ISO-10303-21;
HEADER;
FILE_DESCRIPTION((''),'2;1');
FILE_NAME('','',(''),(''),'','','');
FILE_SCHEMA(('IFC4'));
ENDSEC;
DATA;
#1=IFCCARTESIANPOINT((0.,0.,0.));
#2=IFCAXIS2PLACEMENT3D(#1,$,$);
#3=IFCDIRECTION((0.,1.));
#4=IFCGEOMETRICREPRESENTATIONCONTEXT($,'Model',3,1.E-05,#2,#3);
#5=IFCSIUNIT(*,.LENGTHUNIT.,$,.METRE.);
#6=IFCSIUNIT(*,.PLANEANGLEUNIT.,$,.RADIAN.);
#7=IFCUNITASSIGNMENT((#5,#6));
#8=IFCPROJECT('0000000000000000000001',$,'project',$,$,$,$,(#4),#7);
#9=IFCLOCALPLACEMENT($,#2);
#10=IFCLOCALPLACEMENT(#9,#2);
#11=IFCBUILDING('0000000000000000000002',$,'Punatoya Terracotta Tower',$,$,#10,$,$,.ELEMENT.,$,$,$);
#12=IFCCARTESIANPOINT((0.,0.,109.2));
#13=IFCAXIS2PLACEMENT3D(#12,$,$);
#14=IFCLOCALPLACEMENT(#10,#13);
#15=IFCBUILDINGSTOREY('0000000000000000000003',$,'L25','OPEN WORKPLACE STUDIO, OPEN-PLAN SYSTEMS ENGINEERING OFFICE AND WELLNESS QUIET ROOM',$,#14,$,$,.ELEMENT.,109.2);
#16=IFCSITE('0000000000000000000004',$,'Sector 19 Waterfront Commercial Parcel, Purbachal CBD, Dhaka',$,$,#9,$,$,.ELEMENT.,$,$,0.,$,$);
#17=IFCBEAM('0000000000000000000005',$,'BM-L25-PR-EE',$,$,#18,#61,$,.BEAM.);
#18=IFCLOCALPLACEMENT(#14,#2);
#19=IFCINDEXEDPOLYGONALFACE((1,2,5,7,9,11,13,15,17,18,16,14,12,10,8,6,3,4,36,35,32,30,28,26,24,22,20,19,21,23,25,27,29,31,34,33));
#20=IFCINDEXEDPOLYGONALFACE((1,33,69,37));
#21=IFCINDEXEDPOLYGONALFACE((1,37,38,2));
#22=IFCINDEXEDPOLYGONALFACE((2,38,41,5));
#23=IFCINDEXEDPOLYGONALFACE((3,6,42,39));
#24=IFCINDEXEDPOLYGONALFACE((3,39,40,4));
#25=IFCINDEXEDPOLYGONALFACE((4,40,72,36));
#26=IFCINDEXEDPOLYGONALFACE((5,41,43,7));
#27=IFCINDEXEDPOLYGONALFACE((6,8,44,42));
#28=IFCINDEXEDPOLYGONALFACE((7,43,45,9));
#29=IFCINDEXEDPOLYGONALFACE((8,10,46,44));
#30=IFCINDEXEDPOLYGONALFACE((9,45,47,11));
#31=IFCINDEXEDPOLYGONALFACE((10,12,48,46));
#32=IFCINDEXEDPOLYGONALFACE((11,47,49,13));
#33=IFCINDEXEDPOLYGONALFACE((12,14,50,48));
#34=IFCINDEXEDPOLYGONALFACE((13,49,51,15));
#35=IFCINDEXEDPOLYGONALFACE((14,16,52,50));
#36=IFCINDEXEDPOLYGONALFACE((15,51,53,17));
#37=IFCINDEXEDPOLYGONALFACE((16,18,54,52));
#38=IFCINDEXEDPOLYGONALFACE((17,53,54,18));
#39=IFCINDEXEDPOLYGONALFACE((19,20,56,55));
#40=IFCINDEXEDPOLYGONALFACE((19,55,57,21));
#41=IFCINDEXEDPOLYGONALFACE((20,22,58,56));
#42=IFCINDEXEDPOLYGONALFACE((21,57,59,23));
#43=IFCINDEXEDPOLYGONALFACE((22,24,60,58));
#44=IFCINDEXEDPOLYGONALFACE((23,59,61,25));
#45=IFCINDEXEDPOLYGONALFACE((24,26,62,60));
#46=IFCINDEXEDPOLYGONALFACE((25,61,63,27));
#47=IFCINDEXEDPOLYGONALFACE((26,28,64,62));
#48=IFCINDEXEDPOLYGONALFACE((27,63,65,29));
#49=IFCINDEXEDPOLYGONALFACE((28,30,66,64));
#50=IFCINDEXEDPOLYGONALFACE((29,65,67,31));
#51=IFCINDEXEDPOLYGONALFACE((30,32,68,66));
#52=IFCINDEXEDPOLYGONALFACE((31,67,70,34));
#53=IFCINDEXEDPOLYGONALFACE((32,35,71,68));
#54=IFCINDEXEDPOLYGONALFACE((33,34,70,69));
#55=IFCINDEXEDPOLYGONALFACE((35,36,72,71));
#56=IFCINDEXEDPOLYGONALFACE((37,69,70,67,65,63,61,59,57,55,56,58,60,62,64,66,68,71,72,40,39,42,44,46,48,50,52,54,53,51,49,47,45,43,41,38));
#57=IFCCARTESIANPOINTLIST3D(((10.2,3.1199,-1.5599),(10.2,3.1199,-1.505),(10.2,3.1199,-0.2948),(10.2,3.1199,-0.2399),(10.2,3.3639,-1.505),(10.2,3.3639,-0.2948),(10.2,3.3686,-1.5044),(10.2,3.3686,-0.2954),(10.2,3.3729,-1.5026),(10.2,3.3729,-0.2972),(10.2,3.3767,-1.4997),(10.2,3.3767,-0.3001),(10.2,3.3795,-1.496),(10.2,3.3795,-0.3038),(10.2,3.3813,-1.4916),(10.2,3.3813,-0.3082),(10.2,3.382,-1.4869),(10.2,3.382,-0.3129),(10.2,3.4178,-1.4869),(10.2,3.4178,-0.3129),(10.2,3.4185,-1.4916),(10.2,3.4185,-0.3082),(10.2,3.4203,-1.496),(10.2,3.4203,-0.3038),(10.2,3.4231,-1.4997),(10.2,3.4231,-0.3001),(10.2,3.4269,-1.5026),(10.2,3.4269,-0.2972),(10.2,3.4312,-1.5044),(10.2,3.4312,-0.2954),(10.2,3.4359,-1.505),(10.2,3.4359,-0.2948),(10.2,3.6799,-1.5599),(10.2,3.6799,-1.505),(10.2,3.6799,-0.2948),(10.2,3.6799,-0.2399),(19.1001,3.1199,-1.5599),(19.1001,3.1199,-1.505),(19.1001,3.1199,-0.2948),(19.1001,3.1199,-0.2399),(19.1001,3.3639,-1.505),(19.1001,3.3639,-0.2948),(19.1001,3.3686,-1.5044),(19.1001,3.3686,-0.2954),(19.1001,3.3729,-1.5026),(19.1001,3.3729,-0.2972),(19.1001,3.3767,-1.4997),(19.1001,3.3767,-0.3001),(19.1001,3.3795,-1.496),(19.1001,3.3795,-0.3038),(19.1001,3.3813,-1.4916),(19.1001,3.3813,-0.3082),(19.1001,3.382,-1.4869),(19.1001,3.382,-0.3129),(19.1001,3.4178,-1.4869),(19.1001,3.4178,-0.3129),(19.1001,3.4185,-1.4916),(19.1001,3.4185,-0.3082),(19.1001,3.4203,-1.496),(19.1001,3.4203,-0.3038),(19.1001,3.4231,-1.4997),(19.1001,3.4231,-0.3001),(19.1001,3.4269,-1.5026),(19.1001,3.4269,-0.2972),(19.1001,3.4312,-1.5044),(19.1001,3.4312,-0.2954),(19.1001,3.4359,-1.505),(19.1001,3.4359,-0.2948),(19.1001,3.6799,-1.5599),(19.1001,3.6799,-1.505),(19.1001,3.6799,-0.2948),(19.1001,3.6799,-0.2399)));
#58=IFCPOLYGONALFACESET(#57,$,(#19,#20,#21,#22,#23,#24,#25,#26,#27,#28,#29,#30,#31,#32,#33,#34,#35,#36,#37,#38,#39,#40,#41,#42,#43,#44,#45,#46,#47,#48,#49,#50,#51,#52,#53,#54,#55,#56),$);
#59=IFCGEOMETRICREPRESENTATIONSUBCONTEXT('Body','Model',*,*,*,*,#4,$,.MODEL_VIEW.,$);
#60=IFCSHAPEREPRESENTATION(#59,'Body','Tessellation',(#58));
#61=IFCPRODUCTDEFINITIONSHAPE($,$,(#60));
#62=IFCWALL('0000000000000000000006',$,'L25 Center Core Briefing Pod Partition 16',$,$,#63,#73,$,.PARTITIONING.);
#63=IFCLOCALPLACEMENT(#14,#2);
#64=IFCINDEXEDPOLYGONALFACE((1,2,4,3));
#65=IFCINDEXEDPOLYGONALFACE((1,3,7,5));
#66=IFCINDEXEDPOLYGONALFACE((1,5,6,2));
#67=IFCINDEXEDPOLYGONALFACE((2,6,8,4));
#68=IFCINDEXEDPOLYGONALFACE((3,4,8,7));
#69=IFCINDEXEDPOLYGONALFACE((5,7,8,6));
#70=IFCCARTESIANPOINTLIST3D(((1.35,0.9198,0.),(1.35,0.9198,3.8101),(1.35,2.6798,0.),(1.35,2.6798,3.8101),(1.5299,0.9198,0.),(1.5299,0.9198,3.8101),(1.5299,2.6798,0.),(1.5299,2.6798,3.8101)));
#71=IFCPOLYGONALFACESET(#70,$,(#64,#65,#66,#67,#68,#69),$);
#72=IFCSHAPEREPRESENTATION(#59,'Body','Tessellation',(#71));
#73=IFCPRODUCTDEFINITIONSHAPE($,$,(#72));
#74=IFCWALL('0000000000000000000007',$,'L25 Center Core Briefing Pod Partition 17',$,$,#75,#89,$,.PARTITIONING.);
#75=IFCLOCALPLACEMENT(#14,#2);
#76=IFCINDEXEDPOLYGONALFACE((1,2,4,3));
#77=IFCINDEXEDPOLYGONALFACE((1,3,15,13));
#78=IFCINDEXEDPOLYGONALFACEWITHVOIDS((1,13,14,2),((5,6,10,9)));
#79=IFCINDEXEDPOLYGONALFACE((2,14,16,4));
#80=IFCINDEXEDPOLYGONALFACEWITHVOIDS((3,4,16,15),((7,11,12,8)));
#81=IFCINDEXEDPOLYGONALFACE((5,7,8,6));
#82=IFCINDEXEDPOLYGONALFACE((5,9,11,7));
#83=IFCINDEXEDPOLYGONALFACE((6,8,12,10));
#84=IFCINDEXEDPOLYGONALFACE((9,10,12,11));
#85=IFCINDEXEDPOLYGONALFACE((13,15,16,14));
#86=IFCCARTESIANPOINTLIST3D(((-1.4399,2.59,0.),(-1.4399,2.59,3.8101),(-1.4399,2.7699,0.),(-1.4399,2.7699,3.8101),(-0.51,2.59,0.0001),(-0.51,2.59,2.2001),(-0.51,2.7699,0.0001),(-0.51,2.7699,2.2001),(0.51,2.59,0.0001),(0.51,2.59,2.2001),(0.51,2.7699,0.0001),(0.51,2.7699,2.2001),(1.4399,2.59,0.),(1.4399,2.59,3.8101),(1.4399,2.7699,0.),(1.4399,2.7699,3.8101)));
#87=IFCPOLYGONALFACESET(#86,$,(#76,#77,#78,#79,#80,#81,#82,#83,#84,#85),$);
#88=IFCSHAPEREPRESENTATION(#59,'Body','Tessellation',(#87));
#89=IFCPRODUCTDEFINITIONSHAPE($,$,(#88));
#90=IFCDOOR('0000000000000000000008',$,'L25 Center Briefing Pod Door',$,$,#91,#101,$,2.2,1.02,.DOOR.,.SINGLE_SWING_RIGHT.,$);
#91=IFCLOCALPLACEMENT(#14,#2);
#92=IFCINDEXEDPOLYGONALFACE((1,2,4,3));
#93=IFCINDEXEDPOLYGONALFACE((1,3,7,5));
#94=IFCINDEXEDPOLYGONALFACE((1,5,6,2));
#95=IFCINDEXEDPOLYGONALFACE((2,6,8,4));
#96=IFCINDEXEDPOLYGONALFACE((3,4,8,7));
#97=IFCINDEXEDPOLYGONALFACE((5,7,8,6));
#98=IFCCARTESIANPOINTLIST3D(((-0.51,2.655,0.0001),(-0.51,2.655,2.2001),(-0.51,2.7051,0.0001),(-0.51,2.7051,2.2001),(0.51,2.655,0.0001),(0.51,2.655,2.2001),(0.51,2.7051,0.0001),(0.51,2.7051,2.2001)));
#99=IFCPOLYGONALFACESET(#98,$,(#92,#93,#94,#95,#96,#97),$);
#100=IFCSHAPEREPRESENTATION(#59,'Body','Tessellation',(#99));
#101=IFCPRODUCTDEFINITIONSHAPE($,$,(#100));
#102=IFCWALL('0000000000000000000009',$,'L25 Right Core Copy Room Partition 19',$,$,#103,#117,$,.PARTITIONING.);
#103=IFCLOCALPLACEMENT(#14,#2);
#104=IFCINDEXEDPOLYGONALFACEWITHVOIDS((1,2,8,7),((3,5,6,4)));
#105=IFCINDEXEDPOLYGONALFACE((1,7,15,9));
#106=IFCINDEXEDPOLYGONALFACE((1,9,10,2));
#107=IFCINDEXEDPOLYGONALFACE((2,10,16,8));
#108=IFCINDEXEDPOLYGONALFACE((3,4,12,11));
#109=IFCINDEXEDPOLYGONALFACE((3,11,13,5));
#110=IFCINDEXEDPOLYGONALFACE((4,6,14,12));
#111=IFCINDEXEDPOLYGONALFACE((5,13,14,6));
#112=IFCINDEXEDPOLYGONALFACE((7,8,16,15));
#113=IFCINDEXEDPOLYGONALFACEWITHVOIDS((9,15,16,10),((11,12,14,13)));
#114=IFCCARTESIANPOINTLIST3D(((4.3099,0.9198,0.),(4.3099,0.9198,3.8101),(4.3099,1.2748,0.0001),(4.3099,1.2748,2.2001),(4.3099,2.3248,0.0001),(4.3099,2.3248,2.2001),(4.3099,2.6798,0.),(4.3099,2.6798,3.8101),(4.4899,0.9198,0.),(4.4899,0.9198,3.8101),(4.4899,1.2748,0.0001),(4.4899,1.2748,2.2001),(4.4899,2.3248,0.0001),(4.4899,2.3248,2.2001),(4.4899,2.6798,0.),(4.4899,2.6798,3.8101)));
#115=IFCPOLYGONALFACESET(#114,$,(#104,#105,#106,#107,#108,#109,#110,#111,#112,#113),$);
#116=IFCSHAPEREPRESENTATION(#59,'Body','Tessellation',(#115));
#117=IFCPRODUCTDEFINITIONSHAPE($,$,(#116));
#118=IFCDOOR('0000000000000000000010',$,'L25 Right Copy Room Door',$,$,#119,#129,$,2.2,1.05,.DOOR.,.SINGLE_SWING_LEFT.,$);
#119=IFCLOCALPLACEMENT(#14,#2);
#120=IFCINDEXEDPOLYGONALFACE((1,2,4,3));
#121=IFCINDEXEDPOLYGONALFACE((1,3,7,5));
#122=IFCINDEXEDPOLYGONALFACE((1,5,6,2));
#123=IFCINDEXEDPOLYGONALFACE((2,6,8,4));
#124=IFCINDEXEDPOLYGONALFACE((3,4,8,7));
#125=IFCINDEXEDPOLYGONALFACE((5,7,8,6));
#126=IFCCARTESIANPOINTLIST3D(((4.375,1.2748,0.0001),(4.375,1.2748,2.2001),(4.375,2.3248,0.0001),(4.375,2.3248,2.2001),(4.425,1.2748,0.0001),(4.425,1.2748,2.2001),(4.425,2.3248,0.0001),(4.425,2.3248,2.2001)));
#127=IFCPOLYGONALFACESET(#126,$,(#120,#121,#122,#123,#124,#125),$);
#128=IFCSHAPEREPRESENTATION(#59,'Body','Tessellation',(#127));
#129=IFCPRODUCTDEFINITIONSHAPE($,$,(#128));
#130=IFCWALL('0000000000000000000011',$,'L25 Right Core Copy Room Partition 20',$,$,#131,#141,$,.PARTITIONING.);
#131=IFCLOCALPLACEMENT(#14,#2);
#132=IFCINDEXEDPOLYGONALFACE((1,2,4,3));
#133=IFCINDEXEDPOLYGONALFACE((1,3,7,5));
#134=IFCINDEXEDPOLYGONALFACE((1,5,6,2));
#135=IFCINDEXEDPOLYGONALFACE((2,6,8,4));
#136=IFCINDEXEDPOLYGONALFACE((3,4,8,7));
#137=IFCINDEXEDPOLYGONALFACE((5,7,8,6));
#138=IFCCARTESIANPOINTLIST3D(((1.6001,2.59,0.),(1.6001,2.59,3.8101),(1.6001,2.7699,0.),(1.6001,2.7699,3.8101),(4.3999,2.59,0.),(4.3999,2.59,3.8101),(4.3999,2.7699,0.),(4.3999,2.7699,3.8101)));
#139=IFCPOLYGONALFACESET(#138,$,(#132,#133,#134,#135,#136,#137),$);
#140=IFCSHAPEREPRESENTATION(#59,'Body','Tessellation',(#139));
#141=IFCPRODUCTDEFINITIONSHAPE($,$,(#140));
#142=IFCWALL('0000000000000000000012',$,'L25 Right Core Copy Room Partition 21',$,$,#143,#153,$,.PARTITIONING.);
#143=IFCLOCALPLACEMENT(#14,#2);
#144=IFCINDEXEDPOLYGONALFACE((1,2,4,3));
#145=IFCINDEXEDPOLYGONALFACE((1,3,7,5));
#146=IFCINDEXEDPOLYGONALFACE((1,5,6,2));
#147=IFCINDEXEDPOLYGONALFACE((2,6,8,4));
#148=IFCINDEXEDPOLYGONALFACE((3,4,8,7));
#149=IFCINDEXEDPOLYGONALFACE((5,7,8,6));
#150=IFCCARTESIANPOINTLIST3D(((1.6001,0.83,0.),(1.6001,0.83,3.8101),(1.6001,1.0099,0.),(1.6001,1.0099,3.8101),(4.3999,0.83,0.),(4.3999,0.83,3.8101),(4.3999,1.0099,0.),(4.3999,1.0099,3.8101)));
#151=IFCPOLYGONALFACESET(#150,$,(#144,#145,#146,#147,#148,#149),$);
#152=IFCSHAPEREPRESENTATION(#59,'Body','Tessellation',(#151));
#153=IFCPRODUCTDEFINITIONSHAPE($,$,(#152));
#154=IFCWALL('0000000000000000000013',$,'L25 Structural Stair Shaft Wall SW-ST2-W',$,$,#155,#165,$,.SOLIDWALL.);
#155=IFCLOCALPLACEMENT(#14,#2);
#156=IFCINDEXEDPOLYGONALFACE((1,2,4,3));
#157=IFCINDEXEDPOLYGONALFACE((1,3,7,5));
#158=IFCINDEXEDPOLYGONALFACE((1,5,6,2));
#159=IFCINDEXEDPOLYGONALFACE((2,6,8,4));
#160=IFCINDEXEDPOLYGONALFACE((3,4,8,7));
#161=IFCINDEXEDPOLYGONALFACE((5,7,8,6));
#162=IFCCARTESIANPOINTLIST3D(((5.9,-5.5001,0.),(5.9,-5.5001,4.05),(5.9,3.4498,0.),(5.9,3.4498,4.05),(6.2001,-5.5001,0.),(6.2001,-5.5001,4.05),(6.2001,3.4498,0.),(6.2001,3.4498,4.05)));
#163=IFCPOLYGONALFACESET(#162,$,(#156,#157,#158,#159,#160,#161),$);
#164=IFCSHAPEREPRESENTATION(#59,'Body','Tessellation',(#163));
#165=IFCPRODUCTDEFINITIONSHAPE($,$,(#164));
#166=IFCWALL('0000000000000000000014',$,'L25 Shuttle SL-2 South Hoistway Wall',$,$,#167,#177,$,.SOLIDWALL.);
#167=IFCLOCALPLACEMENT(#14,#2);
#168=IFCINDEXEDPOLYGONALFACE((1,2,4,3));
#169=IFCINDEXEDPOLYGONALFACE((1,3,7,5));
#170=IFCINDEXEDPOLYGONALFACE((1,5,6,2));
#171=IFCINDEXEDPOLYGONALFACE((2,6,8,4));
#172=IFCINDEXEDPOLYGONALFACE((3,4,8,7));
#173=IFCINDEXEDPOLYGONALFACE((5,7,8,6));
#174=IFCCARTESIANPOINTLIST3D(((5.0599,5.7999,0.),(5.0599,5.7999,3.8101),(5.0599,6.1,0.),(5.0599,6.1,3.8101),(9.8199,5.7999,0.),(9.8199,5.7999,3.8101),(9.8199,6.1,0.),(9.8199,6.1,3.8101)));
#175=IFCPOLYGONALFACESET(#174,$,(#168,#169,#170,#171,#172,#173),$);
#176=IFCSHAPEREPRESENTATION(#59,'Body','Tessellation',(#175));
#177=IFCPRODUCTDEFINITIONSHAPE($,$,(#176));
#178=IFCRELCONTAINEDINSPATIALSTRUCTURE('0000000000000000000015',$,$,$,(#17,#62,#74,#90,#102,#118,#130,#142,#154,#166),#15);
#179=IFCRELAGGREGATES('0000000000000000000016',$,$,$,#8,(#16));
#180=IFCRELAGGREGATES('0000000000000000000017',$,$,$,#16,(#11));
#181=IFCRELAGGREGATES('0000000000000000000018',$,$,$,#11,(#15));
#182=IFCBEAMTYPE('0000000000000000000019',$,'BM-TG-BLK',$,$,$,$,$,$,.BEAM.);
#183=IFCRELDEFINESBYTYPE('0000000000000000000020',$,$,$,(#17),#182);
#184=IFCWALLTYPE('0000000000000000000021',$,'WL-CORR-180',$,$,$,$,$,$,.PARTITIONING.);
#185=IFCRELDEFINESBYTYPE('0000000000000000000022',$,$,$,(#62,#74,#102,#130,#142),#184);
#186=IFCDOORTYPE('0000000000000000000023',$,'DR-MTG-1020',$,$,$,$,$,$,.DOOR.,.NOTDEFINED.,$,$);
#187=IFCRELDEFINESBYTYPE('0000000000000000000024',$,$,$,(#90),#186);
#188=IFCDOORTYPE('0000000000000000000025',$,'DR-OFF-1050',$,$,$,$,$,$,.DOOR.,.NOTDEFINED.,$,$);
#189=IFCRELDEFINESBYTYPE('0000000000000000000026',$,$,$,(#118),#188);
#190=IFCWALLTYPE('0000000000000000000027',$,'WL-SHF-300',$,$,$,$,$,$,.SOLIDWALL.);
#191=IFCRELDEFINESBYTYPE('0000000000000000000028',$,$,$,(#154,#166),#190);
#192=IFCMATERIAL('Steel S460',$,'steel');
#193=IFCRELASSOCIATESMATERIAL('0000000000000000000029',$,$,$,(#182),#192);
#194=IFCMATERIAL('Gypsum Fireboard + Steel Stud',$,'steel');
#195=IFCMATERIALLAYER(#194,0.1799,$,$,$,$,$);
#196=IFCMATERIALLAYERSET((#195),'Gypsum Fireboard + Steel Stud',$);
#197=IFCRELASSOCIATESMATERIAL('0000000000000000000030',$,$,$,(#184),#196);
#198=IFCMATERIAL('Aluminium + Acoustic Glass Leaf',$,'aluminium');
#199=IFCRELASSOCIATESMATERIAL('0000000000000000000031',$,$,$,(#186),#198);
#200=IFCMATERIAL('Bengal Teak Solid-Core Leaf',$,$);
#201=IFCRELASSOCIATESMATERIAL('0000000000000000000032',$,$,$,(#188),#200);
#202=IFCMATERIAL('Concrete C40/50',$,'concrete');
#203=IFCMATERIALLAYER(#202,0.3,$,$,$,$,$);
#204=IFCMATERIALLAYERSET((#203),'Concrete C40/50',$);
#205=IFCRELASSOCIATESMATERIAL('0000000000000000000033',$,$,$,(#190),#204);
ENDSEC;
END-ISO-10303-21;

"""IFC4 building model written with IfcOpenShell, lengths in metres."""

from ifc_helpers import new_model, si_unit, direction, frame, frame_2d, origin, origin_2d, place, context, subcontext, project, spatial, rectangle, i_section, extrude, material, layer, layer_set, material_profile, profile_set, type_object, element, fill, save


model = new_model("IFC4")

# Units and contexts
model_context = context("Model", 3, precision=1e-05, world=origin(), true_north=direction((0.0, 1.0)))
body_context = subcontext(model_context, "Body", "Model", "MODEL_VIEW")
ifc_project = project(units=[si_unit("LENGTHUNIT", "METRE"), si_unit("PLANEANGLEUNIT", "RADIAN")], contexts=[model_context])

# Site, building, storey
site_placement = place(None, origin())
site = spatial("IfcSite", under=ifc_project, at=site_placement, Name="Sector 19 Waterfront Commercial Parcel, Purbachal CBD, Dhaka", CompositionType="ELEMENT", RefElevation=0.0)
building_placement = place(site_placement, origin())
building = spatial("IfcBuilding", under=site, at=building_placement, Name="Punatoya Terracotta Tower", CompositionType="ELEMENT")
storey_placement = place(building_placement, frame((0.0, 0.0, 109.2)))
storey = spatial("IfcBuildingStorey", under=building, at=storey_placement, Name="L25", Description="OPEN WORKPLACE STUDIO, OPEN-PLAN SYSTEMS ENGINEERING OFFICE AND WELLNESS QUIET ROOM", CompositionType="ELEMENT", Elevation=109.2)

# Beam
ifc_material_1 = material(Name="Steel S460", Category="steel")
ifc_material_profile_1 = material_profile(ifc_material_1, i_section(OverallWidth=0.5601, OverallDepth=1.3201, WebThickness=0.0359, FlangeThickness=0.0549, FilletRadius=0.0181, at=origin_2d()))
ifc_profile_set_1 = profile_set([ifc_material_profile_1], Name="Steel S460")
beam_type_1 = type_object("IfcBeamType", Name="BM-TG-BLK", PredefinedType="BEAM", material=ifc_profile_set_1)
beam_placement = place(storey_placement, frame((10.2, 3.3999, -0.8999), z_axis=(1.0, 0.0, 0.0), x_axis=(0.0, 1.0, 0.0)))
element("IfcBeam", 1, at=beam_placement, inside=storey, type_object=beam_type_1, Name="BM-L25-PR-EE", PredefinedType="BEAM", context=body_context, shape_type="SweptSolid", body=[
    extrude(i_section(OverallWidth=0.5601, OverallDepth=1.3201, WebThickness=0.0359, FlangeThickness=0.0549, FilletRadius=0.0181, at=origin_2d()), origin(), (0.0, 0.0, 1.0), 8.9001),
])

# Wall
ifc_material_2 = material(Name="Gypsum Fireboard + Steel Stud", Category="steel")
ifc_layer_1 = layer(ifc_material_2, 0.1799)
ifc_layer_set_1 = layer_set([ifc_layer_1], Name="Gypsum Fireboard + Steel Stud")
wall_type_1 = type_object("IfcWallType", Name="WL-CORR-180", PredefinedType="PARTITIONING", material=ifc_layer_set_1)
wall_1_placement = place(storey_placement, frame((1.4399, 0.9199, 0.0), z_axis=(0.0, 0.0, 1.0), x_axis=(0.0, 1.0, 0.0)))
element("IfcWall", 2, at=wall_1_placement, inside=storey, type_object=wall_type_1, Name="L25 Center Core Briefing Pod Partition 16", PredefinedType="PARTITIONING", context=body_context, shape_type="SweptSolid", body=[
    extrude(rectangle(XDim=1.76, YDim=0.1799, at=frame_2d((0.8799, 0.0))), origin(), (0.0, 0.0, 1.0), 3.8101),
])

# Walls, openings, doors
wall_2_placement = place(storey_placement, frame((1.4399, 2.6799, 0.0), z_axis=(0.0, 0.0, 1.0), x_axis=(-1.0, 0.0, 0.0)))
wall_2 = element("IfcWall", 3, at=wall_2_placement, inside=storey, type_object=wall_type_1, Name="L25 Center Core Briefing Pod Partition 17", PredefinedType="PARTITIONING", context=body_context, shape_type="SweptSolid", body=[
    extrude(rectangle(XDim=2.8799, YDim=0.1799, at=frame_2d((1.4399, 0.0))), origin(), (0.0, 0.0, 1.0), 3.8101),
])
opening_1_placement = place(wall_2_placement, frame((0.9299, 0.0, 0.0)))
opening_1 = element("IfcOpeningElement", 4, at=opening_1_placement, cuts=wall_2, PredefinedType="OPENING", context=body_context, shape_type="SweptSolid", body=[
    extrude(rectangle(XDim=1.02, YDim=2.2, at=frame_2d((0.51, 1.1001))), frame((0.0, 0.0999, 0.0), z_axis=(0.0, -1.0, 0.0), x_axis=(1.0, 0.0, 0.0)), (0.0, 0.0, 1.0), 0.2),
])
ifc_material_3 = material(Name="Aluminium + Acoustic Glass Leaf", Category="aluminium")
door_type_1 = type_object("IfcDoorType", Name="DR-MTG-1020", OperationType="NOTDEFINED", PredefinedType="DOOR", material=ifc_material_3)
door_1_placement = place(opening_1_placement, origin())
door_1 = element("IfcDoor", 5, at=door_1_placement, inside=storey, type_object=door_type_1, Name="L25 Center Briefing Pod Door", OperationType="SINGLE_SWING_RIGHT", OverallHeight=2.2, OverallWidth=1.02, PredefinedType="DOOR", context=body_context, shape_type="SweptSolid", body=[
    extrude(rectangle(XDim=1.02, YDim=2.2, at=frame_2d((0.51, 1.1001))), frame((0.0, 0.0249, 0.0), z_axis=(0.0, -1.0, 0.0), x_axis=(1.0, 0.0, 0.0)), (0.0, 0.0, 1.0), 0.05),
])
fill(opening_1, door_1)
wall_3_placement = place(storey_placement, frame((4.3999, 0.9199, 0.0), z_axis=(0.0, 0.0, 1.0), x_axis=(0.0, 1.0, 0.0)))
wall_3 = element("IfcWall", 6, at=wall_3_placement, inside=storey, type_object=wall_type_1, Name="L25 Right Core Copy Room Partition 19", PredefinedType="PARTITIONING", context=body_context, shape_type="SweptSolid", body=[
    extrude(rectangle(XDim=1.76, YDim=0.1799, at=frame_2d((0.8799, 0.0))), origin(), (0.0, 0.0, 1.0), 3.8101),
])
opening_2_placement = place(wall_3_placement, frame((0.355, 0.0, 0.0)))
opening_2 = element("IfcOpeningElement", 7, at=opening_2_placement, cuts=wall_3, PredefinedType="OPENING", context=body_context, shape_type="SweptSolid", body=[
    extrude(rectangle(XDim=1.05, YDim=2.2, at=frame_2d((0.5249, 1.1001))), frame((0.0, 0.0999, 0.0), z_axis=(0.0, -1.0, 0.0), x_axis=(1.0, 0.0, 0.0)), (0.0, 0.0, 1.0), 0.2),
])
ifc_material_4 = material(Name="Bengal Teak Solid-Core Leaf")
door_type_2 = type_object("IfcDoorType", Name="DR-OFF-1050", OperationType="NOTDEFINED", PredefinedType="DOOR", material=ifc_material_4)
door_2_placement = place(opening_2_placement, origin())
door_2 = element("IfcDoor", 8, at=door_2_placement, inside=storey, type_object=door_type_2, Name="L25 Right Copy Room Door", OperationType="SINGLE_SWING_LEFT", OverallHeight=2.2, OverallWidth=1.05, PredefinedType="DOOR", context=body_context, shape_type="SweptSolid", body=[
    extrude(rectangle(XDim=1.05, YDim=2.2, at=frame_2d((0.5249, 1.1001))), frame((0.0, 0.0249, 0.0), z_axis=(0.0, -1.0, 0.0), x_axis=(1.0, 0.0, 0.0)), (0.0, 0.0, 1.0), 0.05),
])
fill(opening_2, door_2)

# Walls
for number, where, z_axis, x_axis, name in (
    (9, (4.3999, 2.6799, 0.0), (0.0, 0.0, 1.0), (-1.0, 0.0, 0.0), "L25 Right Core Copy Room Partition 20"),
    (10, (1.6001, 0.9199, 0.0), (0.0, 0.0, 1.0), (1.0, 0.0, 0.0), "L25 Right Core Copy Room Partition 21"),
):
    element("IfcWall", number, at=place(storey_placement, frame(where, z_axis=z_axis, x_axis=x_axis)), inside=storey, type_object=wall_type_1, Name=name, PredefinedType="PARTITIONING", context=body_context, shape_type="SweptSolid", body=[
        extrude(rectangle(XDim=2.7998, YDim=0.1799, at=frame_2d((1.3999, 0.0))), origin(), (0.0, 0.0, 1.0), 3.8101),
    ])
ifc_material_5 = material(Name="Concrete C40/50", Category="concrete")
ifc_layer_2 = layer(ifc_material_5, 0.3)
ifc_layer_set_2 = layer_set([ifc_layer_2], Name="Concrete C40/50")
wall_type_2 = type_object("IfcWallType", Name="WL-SHF-300", PredefinedType="SOLIDWALL", material=ifc_layer_set_2)
wall_4_placement = place(storey_placement, frame((6.05, 3.45, 0.0), z_axis=(0.0, 0.0, 1.0), x_axis=(0.0, -1.0, 0.0)))
element("IfcWall", 11, at=wall_4_placement, inside=storey, type_object=wall_type_2, Name="L25 Structural Stair Shaft Wall SW-ST2-W", PredefinedType="SOLIDWALL", context=body_context, shape_type="SweptSolid", body=[
    extrude(rectangle(XDim=8.95, YDim=0.3, at=frame_2d((4.4751, 0.0))), origin(), (0.0, 0.0, 1.0), 4.05),
])
wall_5_placement = place(storey_placement, frame((5.0601, 5.95, 0.0), z_axis=(0.0, 0.0, 1.0), x_axis=(1.0, 0.0, 0.0)))
element("IfcWall", 12, at=wall_5_placement, inside=storey, type_object=wall_type_2, Name="L25 Shuttle SL-2 South Hoistway Wall", PredefinedType="SOLIDWALL", context=body_context, shape_type="SweptSolid", body=[
    extrude(rectangle(XDim=4.76, YDim=0.3, at=frame_2d((2.3799, 0.0))), origin(), (0.0, 0.0, 1.0), 3.8101),
])

save(model, "model.ifc")
